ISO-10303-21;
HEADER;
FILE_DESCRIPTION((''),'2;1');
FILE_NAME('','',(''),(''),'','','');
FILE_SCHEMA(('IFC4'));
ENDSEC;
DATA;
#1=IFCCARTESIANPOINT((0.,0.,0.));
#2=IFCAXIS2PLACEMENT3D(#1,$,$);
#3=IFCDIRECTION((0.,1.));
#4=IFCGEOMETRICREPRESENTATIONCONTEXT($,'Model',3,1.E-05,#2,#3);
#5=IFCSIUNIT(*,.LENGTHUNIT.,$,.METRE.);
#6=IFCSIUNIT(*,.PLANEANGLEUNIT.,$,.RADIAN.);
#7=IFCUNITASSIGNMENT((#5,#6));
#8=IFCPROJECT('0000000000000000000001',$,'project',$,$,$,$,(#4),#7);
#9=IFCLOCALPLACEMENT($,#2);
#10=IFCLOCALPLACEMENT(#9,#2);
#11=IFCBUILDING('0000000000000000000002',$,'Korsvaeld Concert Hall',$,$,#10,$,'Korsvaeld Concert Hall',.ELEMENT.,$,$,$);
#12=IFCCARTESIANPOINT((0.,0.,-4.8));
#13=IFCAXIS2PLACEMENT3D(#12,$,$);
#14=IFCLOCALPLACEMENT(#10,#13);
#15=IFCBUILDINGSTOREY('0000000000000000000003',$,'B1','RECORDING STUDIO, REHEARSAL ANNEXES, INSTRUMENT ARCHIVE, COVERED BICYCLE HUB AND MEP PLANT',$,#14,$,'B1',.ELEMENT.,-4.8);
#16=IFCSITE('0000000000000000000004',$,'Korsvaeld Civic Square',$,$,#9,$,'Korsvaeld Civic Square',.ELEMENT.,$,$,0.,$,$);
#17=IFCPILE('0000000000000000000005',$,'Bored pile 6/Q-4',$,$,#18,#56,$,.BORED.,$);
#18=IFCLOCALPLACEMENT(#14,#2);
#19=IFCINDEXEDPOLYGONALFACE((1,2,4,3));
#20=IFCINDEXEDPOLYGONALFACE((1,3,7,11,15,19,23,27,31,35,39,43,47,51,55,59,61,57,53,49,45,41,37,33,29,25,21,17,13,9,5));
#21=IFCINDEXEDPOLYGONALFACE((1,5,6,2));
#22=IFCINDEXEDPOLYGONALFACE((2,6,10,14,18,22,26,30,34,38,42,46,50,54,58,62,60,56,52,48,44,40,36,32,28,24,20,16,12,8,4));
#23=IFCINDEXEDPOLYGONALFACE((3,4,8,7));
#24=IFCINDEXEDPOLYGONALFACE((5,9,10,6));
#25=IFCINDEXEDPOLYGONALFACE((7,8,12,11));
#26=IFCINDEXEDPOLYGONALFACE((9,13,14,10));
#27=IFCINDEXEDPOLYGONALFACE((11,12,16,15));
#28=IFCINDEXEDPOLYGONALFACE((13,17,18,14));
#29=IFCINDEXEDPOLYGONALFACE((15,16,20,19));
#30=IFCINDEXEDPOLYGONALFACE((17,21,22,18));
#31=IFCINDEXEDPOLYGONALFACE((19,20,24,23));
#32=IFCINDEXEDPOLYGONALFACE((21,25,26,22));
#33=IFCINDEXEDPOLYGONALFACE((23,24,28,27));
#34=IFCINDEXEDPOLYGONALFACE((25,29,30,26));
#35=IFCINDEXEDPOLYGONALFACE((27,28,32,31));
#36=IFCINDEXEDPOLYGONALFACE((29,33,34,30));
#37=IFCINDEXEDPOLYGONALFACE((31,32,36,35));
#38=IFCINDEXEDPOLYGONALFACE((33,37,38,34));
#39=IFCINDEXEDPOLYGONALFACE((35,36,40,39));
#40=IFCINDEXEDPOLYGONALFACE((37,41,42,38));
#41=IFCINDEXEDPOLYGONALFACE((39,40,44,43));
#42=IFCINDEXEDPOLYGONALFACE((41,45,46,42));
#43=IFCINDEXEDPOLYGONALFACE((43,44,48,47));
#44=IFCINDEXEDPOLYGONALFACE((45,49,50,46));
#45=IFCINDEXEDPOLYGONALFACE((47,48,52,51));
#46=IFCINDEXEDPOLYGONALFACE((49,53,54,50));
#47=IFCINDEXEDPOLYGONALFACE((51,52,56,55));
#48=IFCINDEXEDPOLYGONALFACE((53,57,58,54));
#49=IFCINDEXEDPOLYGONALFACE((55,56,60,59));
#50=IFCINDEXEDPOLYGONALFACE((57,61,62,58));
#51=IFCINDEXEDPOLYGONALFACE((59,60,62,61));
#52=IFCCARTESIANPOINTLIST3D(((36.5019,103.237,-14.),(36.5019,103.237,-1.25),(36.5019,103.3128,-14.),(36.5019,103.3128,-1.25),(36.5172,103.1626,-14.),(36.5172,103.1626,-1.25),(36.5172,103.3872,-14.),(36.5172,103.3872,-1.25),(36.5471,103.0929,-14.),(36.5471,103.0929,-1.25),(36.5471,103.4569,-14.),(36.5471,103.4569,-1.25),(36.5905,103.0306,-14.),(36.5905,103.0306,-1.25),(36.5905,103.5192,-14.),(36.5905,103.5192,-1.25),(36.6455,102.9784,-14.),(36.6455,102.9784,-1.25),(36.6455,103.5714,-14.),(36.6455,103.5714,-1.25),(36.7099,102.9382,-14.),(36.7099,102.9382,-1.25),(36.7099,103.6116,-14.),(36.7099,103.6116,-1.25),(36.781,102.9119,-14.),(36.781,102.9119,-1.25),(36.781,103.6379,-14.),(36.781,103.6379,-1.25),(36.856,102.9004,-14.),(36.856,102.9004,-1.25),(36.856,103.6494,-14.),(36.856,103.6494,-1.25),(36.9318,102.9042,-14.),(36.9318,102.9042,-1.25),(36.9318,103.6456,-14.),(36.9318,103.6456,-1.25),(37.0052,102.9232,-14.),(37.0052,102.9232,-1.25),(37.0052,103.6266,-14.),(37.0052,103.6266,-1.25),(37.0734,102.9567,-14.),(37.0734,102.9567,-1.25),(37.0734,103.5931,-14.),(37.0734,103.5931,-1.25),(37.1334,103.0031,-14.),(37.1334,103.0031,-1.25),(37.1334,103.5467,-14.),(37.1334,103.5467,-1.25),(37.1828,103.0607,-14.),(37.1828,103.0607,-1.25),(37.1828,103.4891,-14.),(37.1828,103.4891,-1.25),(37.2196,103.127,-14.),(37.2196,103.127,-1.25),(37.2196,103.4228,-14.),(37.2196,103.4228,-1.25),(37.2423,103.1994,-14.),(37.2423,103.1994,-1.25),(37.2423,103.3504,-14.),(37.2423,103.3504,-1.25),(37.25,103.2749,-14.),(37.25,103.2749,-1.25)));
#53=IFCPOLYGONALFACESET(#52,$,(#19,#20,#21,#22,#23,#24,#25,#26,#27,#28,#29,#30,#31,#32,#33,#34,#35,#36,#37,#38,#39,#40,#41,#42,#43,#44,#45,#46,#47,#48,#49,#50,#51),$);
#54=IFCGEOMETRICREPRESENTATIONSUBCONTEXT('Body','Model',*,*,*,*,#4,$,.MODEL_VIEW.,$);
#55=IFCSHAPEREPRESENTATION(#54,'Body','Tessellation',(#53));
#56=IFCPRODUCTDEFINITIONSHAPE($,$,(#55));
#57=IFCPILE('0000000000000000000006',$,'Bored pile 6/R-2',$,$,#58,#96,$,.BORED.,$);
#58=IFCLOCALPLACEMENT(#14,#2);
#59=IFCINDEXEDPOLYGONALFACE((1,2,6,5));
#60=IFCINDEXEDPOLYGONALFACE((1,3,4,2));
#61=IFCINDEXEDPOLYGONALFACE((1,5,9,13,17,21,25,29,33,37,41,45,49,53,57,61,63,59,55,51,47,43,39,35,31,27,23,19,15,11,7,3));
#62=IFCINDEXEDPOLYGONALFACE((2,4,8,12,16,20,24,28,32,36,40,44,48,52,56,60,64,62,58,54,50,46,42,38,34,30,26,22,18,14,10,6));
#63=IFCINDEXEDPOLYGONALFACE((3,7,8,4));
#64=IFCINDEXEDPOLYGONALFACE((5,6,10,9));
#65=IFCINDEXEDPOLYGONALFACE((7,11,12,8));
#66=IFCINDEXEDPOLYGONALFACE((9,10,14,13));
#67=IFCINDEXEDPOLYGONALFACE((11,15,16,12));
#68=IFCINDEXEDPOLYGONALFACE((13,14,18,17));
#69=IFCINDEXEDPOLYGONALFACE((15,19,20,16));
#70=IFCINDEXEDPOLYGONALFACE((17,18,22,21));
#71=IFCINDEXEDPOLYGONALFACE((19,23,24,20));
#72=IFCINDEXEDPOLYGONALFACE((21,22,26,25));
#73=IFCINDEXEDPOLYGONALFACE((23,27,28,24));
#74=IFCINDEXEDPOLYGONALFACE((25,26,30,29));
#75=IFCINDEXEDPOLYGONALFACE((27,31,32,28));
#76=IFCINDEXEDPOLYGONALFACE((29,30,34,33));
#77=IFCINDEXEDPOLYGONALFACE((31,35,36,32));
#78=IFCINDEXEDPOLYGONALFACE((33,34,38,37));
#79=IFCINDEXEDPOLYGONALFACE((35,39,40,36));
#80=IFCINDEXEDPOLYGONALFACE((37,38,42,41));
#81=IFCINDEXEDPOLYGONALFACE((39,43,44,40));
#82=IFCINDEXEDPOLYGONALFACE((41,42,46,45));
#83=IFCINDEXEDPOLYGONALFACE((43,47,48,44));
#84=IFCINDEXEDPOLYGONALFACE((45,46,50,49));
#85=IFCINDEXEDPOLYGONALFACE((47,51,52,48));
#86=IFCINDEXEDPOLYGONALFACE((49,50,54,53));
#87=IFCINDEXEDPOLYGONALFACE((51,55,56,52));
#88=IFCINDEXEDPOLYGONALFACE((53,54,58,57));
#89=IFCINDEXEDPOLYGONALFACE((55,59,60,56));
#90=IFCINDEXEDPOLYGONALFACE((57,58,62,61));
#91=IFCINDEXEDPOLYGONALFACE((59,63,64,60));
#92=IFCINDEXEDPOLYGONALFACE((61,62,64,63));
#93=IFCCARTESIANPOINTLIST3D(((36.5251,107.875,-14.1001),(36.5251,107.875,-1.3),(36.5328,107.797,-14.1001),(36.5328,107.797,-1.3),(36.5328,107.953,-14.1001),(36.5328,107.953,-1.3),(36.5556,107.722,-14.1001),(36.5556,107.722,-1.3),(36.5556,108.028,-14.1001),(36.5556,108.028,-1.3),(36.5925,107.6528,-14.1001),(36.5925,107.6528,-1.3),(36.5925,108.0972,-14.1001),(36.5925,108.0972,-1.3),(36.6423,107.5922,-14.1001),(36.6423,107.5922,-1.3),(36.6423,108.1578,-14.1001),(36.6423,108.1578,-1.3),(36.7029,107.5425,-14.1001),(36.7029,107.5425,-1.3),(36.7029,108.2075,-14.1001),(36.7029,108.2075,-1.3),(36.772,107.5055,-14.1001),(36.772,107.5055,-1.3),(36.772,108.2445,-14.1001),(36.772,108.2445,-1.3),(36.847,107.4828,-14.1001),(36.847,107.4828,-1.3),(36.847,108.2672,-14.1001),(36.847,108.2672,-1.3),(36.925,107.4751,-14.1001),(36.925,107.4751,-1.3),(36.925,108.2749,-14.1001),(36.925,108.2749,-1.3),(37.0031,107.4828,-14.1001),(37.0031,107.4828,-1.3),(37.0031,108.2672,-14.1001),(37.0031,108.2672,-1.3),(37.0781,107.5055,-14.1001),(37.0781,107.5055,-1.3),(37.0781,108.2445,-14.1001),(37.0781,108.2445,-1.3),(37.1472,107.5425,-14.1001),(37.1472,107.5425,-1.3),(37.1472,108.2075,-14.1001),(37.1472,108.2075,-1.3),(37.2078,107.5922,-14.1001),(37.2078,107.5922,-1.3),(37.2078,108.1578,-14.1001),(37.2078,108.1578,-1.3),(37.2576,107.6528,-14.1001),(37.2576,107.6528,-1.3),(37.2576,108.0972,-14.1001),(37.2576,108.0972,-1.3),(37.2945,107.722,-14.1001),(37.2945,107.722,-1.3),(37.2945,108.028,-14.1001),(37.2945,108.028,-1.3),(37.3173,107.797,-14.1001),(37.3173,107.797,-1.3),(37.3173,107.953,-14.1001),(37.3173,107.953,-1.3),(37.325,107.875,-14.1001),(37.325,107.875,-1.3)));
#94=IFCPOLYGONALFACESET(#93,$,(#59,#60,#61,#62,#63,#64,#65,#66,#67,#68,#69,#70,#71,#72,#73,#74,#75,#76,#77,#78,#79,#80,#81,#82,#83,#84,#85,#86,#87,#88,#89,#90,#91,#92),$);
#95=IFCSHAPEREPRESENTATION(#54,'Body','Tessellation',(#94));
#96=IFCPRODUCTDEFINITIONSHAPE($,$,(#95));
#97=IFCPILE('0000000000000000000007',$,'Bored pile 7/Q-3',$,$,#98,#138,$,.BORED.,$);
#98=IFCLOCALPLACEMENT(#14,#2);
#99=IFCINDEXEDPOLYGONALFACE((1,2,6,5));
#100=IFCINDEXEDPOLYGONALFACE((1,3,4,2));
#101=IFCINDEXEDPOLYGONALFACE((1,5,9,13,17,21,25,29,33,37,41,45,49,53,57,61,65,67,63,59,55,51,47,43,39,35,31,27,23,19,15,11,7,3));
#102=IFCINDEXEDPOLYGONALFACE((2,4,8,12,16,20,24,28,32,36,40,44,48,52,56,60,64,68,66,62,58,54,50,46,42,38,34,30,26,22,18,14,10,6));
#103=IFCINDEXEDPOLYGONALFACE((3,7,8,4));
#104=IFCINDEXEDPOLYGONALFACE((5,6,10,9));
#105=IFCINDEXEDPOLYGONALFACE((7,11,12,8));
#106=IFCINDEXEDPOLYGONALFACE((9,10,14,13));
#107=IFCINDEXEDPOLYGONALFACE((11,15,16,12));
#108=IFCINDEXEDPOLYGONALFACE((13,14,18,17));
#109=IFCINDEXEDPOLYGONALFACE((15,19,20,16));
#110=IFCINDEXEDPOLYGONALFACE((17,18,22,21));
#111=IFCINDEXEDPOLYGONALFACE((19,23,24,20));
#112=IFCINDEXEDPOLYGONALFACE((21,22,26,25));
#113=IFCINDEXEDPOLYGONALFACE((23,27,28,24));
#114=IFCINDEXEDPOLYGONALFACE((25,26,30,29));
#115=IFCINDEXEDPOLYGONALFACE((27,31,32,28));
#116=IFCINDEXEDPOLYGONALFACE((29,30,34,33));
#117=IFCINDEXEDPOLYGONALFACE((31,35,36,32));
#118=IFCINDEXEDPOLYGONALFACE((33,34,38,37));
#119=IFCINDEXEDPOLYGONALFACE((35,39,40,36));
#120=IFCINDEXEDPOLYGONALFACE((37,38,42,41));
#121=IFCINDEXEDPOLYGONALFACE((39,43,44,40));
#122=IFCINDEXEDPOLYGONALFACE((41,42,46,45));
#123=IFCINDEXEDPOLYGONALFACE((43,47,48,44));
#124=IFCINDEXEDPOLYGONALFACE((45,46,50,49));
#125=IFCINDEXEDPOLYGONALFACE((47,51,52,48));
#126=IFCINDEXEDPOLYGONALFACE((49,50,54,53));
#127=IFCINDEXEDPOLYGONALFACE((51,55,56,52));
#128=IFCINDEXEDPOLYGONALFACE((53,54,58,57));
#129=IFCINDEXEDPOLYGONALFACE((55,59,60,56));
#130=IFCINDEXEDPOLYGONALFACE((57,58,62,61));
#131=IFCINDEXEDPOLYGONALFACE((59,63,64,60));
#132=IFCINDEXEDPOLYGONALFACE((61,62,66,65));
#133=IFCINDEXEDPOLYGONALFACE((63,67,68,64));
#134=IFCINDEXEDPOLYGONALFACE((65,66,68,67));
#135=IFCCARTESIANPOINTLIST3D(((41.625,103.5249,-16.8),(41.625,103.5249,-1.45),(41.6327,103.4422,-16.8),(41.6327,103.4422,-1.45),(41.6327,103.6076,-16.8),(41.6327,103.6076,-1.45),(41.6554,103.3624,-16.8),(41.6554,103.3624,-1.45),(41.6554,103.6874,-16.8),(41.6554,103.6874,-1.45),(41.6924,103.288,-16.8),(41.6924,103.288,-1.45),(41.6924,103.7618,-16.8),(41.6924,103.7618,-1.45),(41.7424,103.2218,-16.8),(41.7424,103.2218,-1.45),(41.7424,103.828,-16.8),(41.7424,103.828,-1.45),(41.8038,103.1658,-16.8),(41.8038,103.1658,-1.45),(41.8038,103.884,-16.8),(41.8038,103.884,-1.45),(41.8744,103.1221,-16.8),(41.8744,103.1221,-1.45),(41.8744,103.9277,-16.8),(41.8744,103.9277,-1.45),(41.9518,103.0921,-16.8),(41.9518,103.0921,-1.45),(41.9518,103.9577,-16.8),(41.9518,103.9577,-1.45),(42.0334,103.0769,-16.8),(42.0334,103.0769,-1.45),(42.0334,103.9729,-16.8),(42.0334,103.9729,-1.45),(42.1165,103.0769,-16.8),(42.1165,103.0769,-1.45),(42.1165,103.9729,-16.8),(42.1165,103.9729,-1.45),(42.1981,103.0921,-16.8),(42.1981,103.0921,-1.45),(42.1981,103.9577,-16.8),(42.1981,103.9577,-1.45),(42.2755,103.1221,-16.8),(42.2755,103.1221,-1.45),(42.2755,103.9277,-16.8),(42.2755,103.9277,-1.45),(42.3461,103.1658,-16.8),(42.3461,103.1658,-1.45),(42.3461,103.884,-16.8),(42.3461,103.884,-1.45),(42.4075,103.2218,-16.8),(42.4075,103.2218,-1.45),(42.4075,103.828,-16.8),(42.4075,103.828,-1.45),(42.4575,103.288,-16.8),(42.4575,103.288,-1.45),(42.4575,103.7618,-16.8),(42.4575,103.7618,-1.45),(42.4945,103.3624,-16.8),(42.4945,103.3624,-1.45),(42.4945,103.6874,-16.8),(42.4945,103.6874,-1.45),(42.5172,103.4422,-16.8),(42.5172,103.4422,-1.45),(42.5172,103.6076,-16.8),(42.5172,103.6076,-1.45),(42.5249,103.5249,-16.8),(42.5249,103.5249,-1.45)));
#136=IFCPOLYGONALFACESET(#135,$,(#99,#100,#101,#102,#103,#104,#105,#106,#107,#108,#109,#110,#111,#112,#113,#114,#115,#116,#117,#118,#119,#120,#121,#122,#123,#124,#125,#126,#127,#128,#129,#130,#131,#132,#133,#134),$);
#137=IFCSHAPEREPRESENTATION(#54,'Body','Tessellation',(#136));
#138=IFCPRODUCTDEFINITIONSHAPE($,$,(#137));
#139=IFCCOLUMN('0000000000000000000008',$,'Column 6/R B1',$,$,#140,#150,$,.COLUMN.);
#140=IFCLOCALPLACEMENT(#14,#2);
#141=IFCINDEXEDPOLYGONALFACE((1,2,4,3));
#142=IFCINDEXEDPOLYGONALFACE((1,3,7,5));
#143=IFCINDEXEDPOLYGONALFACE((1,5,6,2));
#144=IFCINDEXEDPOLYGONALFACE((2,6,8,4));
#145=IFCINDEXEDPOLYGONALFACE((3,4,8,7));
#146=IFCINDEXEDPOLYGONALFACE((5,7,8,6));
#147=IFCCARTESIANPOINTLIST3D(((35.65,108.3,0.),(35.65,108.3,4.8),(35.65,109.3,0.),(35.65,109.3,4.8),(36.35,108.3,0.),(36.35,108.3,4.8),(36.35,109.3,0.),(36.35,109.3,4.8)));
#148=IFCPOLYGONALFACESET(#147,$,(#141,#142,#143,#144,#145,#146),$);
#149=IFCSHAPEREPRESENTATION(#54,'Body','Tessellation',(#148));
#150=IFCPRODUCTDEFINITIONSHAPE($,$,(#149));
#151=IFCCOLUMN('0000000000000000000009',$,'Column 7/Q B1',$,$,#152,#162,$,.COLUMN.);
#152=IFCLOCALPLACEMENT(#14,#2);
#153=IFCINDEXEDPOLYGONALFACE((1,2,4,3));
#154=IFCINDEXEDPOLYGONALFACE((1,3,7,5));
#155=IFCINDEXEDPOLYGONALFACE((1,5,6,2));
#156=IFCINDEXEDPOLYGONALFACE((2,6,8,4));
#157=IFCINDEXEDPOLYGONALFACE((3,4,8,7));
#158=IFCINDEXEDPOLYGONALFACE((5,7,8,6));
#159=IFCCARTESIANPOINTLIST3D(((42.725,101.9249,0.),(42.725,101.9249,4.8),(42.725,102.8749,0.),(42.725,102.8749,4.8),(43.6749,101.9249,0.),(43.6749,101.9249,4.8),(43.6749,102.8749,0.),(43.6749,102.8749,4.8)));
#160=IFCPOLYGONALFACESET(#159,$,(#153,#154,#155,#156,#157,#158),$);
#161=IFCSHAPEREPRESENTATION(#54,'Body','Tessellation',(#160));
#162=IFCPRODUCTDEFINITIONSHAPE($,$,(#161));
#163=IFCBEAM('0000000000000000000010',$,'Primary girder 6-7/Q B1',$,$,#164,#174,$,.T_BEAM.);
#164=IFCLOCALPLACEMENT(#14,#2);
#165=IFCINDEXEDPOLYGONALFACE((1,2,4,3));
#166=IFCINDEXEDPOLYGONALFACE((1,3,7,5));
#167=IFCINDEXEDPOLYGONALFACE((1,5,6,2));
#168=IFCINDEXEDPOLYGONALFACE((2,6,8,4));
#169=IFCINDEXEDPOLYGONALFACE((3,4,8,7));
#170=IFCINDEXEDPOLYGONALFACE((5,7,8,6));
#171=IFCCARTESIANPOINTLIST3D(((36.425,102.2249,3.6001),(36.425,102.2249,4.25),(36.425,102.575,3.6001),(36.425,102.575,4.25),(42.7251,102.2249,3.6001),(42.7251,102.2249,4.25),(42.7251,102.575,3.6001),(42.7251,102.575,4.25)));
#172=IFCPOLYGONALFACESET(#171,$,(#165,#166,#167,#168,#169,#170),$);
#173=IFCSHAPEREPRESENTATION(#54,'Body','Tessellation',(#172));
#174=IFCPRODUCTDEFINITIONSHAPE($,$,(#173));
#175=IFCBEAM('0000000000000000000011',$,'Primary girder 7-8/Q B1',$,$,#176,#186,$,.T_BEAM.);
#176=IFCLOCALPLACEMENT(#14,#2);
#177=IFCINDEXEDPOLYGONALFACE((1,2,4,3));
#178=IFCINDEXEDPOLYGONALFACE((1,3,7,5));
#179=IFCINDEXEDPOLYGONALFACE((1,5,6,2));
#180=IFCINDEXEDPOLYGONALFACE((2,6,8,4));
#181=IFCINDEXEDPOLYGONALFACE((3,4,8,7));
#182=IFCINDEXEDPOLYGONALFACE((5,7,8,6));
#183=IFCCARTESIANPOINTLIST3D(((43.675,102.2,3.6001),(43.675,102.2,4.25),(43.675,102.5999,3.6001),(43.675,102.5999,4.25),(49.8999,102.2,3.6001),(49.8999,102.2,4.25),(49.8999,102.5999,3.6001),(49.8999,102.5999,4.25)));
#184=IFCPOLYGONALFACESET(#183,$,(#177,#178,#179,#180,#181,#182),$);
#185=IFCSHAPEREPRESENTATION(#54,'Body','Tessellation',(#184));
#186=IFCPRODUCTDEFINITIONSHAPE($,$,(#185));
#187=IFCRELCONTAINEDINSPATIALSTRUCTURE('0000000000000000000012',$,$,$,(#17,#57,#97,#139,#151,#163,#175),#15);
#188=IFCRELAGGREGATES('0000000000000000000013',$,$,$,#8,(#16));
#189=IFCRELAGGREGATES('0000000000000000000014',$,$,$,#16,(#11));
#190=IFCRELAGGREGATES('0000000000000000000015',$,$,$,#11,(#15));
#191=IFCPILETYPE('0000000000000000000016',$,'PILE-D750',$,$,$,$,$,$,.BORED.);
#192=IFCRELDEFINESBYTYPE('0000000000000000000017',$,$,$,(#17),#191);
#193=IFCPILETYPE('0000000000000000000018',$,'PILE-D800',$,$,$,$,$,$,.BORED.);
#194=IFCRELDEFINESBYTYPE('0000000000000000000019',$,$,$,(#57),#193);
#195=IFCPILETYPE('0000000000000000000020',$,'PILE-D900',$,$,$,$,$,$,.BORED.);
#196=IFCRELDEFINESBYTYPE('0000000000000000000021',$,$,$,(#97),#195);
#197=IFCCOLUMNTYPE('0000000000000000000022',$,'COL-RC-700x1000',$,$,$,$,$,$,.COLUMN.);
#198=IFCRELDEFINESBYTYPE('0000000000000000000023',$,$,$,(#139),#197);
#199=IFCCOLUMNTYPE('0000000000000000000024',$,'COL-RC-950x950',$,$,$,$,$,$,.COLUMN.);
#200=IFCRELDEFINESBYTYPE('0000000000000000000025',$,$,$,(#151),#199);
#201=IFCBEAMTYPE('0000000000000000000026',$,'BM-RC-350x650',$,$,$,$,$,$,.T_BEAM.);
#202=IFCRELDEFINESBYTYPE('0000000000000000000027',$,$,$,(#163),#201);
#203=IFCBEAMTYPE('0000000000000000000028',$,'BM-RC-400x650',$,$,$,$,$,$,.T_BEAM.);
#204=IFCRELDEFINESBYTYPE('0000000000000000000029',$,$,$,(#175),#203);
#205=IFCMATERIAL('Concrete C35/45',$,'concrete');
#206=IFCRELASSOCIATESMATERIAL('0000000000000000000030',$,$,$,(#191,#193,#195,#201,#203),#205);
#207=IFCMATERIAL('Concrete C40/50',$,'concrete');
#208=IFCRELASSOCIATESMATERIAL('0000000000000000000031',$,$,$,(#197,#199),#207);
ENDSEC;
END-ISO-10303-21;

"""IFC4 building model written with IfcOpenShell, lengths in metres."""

from ifc_helpers import new_model, si_unit, direction, frame, origin, origin_2d, place, context, subcontext, project, spatial, rectangle, circle, extrude, material, material_profile, profile_set, type_object, element, save


model = new_model("IFC4")

# Units and contexts
model_context = context("Model", 3, precision=1e-05, world=origin(), true_north=direction((0.0, 1.0)))
body_context = subcontext(model_context, "Body", "Model", "MODEL_VIEW")
ifc_project = project(units=[si_unit("LENGTHUNIT", "METRE"), si_unit("PLANEANGLEUNIT", "RADIAN")], contexts=[model_context])

# Site, building, storey
site_placement = place(None, origin())
site = spatial("IfcSite", under=ifc_project, at=site_placement, Name="Korsvaeld Civic Square", LongName="Korsvaeld Civic Square", CompositionType="ELEMENT", RefElevation=0.0)
building_placement = place(site_placement, origin())
building = spatial("IfcBuilding", under=site, at=building_placement, Name="Korsvaeld Concert Hall", LongName="Korsvaeld Concert Hall", CompositionType="ELEMENT")
storey_placement = place(building_placement, frame((0.0, 0.0, -4.8)))
storey = spatial("IfcBuildingStorey", under=building, at=storey_placement, Name="B1", Description="RECORDING STUDIO, REHEARSAL ANNEXES, INSTRUMENT ARCHIVE, COVERED BICYCLE HUB AND MEP PLANT", LongName="B1", CompositionType="ELEMENT", Elevation=-4.8)

# Shared definitions
ifc_material_1 = material(Name="Concrete C35/45", Category="concrete")

# Piles
ifc_material_2 = material(Name="Concrete C40/50", Category="concrete")
ifc_material_profile_1 = material_profile(ifc_material_1, circle(Radius=0.375, at=origin_2d()), Name="BORED PILE D750")
ifc_profile_set_1 = profile_set([ifc_material_profile_1], Name="Concrete C35/45")
pile_type_1 = type_object("IfcPileType", Name="PILE-D750", PredefinedType="BORED", material=ifc_profile_set_1)
for number, where, z_axis, x_axis, name in (
    (1, (36.875, 103.2749, -1.25), (0.0, 0.0, -1.0), (1.0, 0.0, 0.0), "Bored pile 6/Q-4"),
):
    element("IfcPile", number, at=place(storey_placement, frame(where, z_axis=z_axis, x_axis=x_axis)), inside=storey, type_object=pile_type_1, Name=name, PredefinedType="BORED", context=body_context, shape_type="SweptSolid", body=[
        extrude(circle(Radius=0.375, at=origin_2d()), origin(), (0.0, 0.0, 1.0), 12.75),
    ])
ifc_material_profile_2 = material_profile(ifc_material_1, circle(Radius=0.3999, at=origin_2d()), Name="BORED PILE D800")
ifc_profile_set_2 = profile_set([ifc_material_profile_2], Name="Concrete C35/45")
pile_type_2 = type_object("IfcPileType", Name="PILE-D800", PredefinedType="BORED", material=ifc_profile_set_2)
pile_1_placement = place(storey_placement, frame((36.925, 107.875, -1.3), z_axis=(0.0, 0.0, -1.0), x_axis=(1.0, 0.0, 0.0)))
element("IfcPile", 2, at=pile_1_placement, inside=storey, type_object=pile_type_2, Name="Bored pile 6/R-2", PredefinedType="BORED", context=body_context, shape_type="SweptSolid", body=[
    extrude(circle(Radius=0.3999, at=origin_2d()), origin(), (0.0, 0.0, 1.0), 12.8),
])
ifc_material_profile_3 = material_profile(ifc_material_1, circle(Radius=0.45, at=origin_2d()), Name="BORED PILE D900")
ifc_profile_set_3 = profile_set([ifc_material_profile_3], Name="Concrete C35/45")
pile_type_3 = type_object("IfcPileType", Name="PILE-D900", PredefinedType="BORED", material=ifc_profile_set_3)
pile_2_placement = place(storey_placement, frame((42.075, 103.5249, -1.45), z_axis=(0.0, 0.0, -1.0), x_axis=(1.0, 0.0, 0.0)))
element("IfcPile", 3, at=pile_2_placement, inside=storey, type_object=pile_type_3, Name="Bored pile 7/Q-3", PredefinedType="BORED", context=body_context, shape_type="SweptSolid", body=[
    extrude(circle(Radius=0.45, at=origin_2d()), origin(), (0.0, 0.0, 1.0), 15.3501),
])

# Columns
ifc_material_profile_4 = material_profile(ifc_material_2, rectangle(XDim=0.7, YDim=1.0, at=origin_2d()), Name="RC 700x1000")
ifc_profile_set_4 = profile_set([ifc_material_profile_4], Name="Concrete C40/50")
column_type_1 = type_object("IfcColumnType", Name="COL-RC-700x1000", PredefinedType="COLUMN", material=ifc_profile_set_4)
column_1_placement = place(storey_placement, frame((36.0, 108.8, 0.0), z_axis=(0.0, 0.0, 1.0), x_axis=(1.0, 0.0, 0.0)))
element("IfcColumn", 4, at=column_1_placement, inside=storey, type_object=column_type_1, Name="Column 6/R B1", PredefinedType="COLUMN", context=body_context, shape_type="SweptSolid", body=[
    extrude(rectangle(XDim=0.7, YDim=1.0, at=origin_2d()), origin(), (0.0, 0.0, 1.0), 4.8),
])
ifc_material_profile_5 = material_profile(ifc_material_2, rectangle(XDim=0.95, YDim=0.95, at=origin_2d()), Name="RC 950x950")
ifc_profile_set_5 = profile_set([ifc_material_profile_5], Name="Concrete C40/50")
column_type_2 = type_object("IfcColumnType", Name="COL-RC-950x950", PredefinedType="COLUMN", material=ifc_profile_set_5)
column_2_placement = place(storey_placement, frame((43.2, 102.3999, 0.0), z_axis=(0.0, 0.0, 1.0), x_axis=(1.0, 0.0, 0.0)))
element("IfcColumn", 5, at=column_2_placement, inside=storey, type_object=column_type_2, Name="Column 7/Q B1", PredefinedType="COLUMN", context=body_context, shape_type="SweptSolid", body=[
    extrude(rectangle(XDim=0.95, YDim=0.95, at=origin_2d()), origin(), (0.0, 0.0, 1.0), 4.8),
])

# Beams
ifc_material_profile_6 = material_profile(ifc_material_1, rectangle(XDim=0.3501, YDim=0.6499, at=origin_2d()), Name="RC 350x650")
ifc_profile_set_6 = profile_set([ifc_material_profile_6], Name="Concrete C35/45")
beam_type_1 = type_object("IfcBeamType", Name="BM-RC-350x650", PredefinedType="T_BEAM", material=ifc_profile_set_6)
beam_1_placement = place(storey_placement, frame((36.425, 102.3999, 3.925), z_axis=(1.0, 0.0, 0.0), x_axis=(0.0, 1.0, 0.0)))
element("IfcBeam", 6, at=beam_1_placement, inside=storey, type_object=beam_type_1, Name="Primary girder 6-7/Q B1", PredefinedType="T_BEAM", context=body_context, shape_type="SweptSolid", body=[
    extrude(rectangle(XDim=0.3501, YDim=0.6499, at=origin_2d()), origin(), (0.0, 0.0, 1.0), 6.3),
])
ifc_material_profile_7 = material_profile(ifc_material_1, rectangle(XDim=0.3999, YDim=0.6499, at=origin_2d()), Name="RC 400x650")
ifc_profile_set_7 = profile_set([ifc_material_profile_7], Name="Concrete C35/45")
beam_type_2 = type_object("IfcBeamType", Name="BM-RC-400x650", PredefinedType="T_BEAM", material=ifc_profile_set_7)
beam_2_placement = place(storey_placement, frame((43.675, 102.3999, 3.925), z_axis=(1.0, 0.0, 0.0), x_axis=(0.0, 1.0, 0.0)))
element("IfcBeam", 7, at=beam_2_placement, inside=storey, type_object=beam_type_2, Name="Primary girder 7-8/Q B1", PredefinedType="T_BEAM", context=body_context, shape_type="SweptSolid", body=[
    extrude(rectangle(XDim=0.3999, YDim=0.6499, at=origin_2d()), origin(), (0.0, 0.0, 1.0), 6.2249),
])

save(model, "model.ifc")
